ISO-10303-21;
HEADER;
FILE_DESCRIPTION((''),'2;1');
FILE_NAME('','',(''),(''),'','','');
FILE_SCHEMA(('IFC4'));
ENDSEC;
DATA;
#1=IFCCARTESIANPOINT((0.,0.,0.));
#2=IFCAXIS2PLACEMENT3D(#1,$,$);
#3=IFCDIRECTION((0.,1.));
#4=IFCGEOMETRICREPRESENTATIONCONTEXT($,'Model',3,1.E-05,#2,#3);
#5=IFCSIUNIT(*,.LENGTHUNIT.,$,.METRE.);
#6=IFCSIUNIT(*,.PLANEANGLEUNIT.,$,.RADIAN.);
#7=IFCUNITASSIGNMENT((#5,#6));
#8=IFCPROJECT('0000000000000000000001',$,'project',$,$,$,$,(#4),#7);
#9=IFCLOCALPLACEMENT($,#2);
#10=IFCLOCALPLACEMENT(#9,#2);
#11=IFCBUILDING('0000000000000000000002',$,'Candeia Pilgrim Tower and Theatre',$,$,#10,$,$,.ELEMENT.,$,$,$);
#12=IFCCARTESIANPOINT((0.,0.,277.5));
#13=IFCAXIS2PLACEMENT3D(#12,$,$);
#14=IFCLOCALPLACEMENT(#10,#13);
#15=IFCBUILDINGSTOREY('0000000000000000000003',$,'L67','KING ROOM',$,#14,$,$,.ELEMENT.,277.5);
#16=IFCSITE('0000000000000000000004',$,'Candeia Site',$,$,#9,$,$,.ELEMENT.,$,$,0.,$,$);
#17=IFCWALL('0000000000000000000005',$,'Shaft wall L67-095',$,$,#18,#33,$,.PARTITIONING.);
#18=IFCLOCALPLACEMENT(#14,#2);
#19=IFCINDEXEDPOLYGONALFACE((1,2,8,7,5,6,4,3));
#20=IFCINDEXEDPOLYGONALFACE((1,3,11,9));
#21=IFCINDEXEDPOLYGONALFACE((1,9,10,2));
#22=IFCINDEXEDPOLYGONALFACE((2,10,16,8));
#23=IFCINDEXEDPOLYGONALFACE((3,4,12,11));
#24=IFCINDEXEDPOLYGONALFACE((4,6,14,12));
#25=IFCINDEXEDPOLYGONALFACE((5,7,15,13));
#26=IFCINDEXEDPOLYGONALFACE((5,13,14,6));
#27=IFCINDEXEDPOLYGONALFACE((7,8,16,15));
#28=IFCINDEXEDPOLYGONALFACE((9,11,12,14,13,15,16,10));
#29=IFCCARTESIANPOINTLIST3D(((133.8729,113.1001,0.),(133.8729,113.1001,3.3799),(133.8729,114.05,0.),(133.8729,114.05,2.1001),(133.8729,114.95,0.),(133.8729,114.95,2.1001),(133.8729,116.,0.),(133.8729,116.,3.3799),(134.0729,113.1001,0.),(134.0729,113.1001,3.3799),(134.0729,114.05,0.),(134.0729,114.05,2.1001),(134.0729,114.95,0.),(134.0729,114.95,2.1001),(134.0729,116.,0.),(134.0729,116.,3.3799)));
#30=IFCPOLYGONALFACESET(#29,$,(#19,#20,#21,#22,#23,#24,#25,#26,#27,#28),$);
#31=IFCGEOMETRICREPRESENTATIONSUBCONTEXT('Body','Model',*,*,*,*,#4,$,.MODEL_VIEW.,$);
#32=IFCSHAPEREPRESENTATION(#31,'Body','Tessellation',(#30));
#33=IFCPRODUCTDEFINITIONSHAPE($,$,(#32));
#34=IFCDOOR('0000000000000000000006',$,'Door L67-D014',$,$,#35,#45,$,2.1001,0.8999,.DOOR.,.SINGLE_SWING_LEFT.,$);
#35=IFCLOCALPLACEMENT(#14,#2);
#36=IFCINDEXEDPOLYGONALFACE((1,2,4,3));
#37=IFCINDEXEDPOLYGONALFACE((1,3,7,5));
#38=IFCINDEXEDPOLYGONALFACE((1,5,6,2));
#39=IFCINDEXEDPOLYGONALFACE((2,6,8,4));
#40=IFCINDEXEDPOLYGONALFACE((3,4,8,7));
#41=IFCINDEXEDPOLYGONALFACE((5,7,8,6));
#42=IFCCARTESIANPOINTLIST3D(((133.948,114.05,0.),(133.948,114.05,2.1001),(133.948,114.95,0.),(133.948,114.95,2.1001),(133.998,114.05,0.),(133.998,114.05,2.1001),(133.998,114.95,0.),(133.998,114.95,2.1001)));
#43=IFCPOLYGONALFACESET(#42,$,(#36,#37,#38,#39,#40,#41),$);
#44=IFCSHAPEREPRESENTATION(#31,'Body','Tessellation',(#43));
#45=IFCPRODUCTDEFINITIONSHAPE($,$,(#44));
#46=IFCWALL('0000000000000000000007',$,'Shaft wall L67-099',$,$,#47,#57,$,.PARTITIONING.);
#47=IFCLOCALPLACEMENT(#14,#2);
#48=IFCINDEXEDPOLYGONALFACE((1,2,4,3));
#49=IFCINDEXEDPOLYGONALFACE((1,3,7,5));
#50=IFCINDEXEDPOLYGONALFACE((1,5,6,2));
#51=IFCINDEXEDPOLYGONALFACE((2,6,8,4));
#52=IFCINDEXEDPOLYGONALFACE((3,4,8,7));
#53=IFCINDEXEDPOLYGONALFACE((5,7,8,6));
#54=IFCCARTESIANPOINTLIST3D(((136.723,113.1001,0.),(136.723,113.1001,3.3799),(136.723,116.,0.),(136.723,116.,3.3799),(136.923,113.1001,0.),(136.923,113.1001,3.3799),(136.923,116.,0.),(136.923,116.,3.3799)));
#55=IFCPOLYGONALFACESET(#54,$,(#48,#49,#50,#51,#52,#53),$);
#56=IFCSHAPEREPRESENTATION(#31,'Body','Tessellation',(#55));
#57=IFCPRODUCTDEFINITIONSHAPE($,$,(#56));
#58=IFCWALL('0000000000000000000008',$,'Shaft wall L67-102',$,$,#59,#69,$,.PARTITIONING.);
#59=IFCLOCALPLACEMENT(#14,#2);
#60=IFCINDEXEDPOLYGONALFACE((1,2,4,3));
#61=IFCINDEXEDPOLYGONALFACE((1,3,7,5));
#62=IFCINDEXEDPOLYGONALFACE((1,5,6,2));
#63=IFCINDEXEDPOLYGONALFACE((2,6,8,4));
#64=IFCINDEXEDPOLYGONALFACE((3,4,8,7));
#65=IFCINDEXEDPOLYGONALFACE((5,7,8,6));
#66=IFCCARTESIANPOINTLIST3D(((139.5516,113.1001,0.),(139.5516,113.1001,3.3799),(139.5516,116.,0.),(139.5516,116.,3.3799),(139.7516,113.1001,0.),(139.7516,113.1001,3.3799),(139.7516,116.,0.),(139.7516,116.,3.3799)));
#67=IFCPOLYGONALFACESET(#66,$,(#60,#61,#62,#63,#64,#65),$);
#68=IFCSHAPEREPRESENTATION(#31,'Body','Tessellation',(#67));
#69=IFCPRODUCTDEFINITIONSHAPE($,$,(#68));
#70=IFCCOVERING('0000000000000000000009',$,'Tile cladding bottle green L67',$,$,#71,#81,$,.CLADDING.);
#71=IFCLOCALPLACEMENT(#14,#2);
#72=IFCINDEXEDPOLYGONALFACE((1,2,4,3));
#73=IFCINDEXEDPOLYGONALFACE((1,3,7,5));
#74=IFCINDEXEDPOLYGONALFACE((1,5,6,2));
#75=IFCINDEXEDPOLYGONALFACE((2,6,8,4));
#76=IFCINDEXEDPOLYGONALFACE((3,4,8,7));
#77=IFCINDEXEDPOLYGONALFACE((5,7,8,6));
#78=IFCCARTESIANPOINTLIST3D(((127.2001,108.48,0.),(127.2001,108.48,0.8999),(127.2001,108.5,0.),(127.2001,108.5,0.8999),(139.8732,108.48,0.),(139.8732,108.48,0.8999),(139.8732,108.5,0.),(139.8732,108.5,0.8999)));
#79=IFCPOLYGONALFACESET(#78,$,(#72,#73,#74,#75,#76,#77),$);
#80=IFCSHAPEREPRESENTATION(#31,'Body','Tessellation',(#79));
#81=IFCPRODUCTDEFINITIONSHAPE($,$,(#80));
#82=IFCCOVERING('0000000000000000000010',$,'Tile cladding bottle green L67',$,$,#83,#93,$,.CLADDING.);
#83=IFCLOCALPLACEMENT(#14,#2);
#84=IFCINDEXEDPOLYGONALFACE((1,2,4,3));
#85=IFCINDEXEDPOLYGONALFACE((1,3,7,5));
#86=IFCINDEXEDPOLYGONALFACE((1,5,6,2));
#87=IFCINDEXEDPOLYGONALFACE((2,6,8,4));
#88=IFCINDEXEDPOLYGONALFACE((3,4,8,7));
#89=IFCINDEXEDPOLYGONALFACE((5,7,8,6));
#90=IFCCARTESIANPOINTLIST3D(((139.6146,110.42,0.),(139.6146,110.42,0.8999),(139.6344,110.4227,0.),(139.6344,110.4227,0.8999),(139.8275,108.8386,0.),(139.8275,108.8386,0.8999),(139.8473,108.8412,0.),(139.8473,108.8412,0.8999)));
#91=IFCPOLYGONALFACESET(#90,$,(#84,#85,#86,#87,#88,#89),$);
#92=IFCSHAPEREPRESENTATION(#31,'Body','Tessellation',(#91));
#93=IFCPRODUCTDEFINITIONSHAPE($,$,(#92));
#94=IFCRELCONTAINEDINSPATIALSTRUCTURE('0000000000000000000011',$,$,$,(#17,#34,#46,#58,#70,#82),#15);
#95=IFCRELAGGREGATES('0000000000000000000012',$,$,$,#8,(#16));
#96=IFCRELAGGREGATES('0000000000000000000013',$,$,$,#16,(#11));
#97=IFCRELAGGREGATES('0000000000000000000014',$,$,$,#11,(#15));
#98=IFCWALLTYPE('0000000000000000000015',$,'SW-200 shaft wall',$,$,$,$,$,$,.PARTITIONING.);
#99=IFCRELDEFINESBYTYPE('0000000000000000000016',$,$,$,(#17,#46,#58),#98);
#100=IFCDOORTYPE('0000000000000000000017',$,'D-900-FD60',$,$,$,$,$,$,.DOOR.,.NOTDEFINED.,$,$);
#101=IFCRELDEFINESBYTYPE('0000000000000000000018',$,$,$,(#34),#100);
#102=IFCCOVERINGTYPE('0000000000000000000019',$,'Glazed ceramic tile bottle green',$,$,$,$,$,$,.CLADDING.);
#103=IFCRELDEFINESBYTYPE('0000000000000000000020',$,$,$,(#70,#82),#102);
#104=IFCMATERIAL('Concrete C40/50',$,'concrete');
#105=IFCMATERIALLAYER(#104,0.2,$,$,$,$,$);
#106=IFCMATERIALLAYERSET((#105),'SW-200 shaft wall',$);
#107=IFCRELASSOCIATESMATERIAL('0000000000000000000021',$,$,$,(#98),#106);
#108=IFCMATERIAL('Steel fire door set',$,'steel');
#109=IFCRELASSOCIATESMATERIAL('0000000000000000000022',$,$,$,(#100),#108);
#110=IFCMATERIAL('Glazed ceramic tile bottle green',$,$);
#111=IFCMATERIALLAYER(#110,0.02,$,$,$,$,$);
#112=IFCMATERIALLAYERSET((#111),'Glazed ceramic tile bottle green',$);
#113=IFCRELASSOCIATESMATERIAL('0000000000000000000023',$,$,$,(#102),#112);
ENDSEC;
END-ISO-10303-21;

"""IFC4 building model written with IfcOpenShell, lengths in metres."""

from ifc_helpers import new_model, si_unit, direction, frame, frame_2d, origin, origin_2d, place, context, subcontext, project, spatial, rectangle, extrude, material, layer, layer_set, type_object, element, fill, save


model = new_model("IFC4")

# Units and contexts
model_context = context("Model", 3, precision=1e-05, world=origin(), true_north=direction((0.0, 1.0)))
body_context = subcontext(model_context, "Body", "Model", "MODEL_VIEW")
ifc_project = project(units=[si_unit("LENGTHUNIT", "METRE"), si_unit("PLANEANGLEUNIT", "RADIAN")], contexts=[model_context])

# Site, building, storey
site_placement = place(None, origin())
site = spatial("IfcSite", under=ifc_project, at=site_placement, Name="Candeia Site", CompositionType="ELEMENT", RefElevation=0.0)
building_placement = place(site_placement, origin())
building = spatial("IfcBuilding", under=site, at=building_placement, Name="Candeia Pilgrim Tower and Theatre", CompositionType="ELEMENT")
storey_placement = place(building_placement, frame((0.0, 0.0, 277.5)))
storey = spatial("IfcBuildingStorey", under=building, at=storey_placement, Name="L67", Description="KING ROOM", CompositionType="ELEMENT", Elevation=277.5)

# Shared definitions
ifc_material_1 = material(Name="Concrete C40/50", Category="concrete")

# Shared definitions
ifc_material_2 = material(Name="Steel fire door set", Category="steel")

# Wall, opening, door
ifc_layer_1 = layer(ifc_material_1, 0.2)
ifc_layer_set_1 = layer_set([ifc_layer_1], Name="SW-200 shaft wall")
wall_type_1 = type_object("IfcWallType", Name="SW-200 shaft wall", PredefinedType="PARTITIONING", material=ifc_layer_set_1)
door_type_1 = type_object("IfcDoorType", Name="D-900-FD60", OperationType="NOTDEFINED", PredefinedType="DOOR", material=ifc_material_2)
wall_1_placement = place(storey_placement, frame((133.9729, 113.1001, 0.0), z_axis=(0.0, 0.0, 1.0), x_axis=(0.0, 1.0, 0.0)))
wall_1 = element("IfcWall", 1, at=wall_1_placement, inside=storey, type_object=wall_type_1, Name="Shaft wall L67-095", PredefinedType="PARTITIONING", context=body_context, shape_type="SweptSolid", body=[
    extrude(rectangle(XDim=2.8999, YDim=0.2, at=frame_2d((1.45, 0.0))), origin(), (0.0, 0.0, 1.0), 3.3799),
])
opening_1_placement = place(wall_1_placement, frame((0.95, 0.0, 0.0)))
opening_1 = element("IfcOpeningElement", 2, at=opening_1_placement, cuts=wall_1, PredefinedType="OPENING", context=body_context, shape_type="SweptSolid", body=[
    extrude(rectangle(XDim=0.8999, YDim=2.1001, at=frame_2d((0.45, 1.05))), frame((0.0, 0.1099, 0.0), z_axis=(0.0, -1.0, 0.0), x_axis=(1.0, 0.0, 0.0)), (0.0, 0.0, 1.0), 0.22),
])
door_1_placement = place(opening_1_placement, origin())
door_1 = element("IfcDoor", 3, at=door_1_placement, inside=storey, type_object=door_type_1, Name="Door L67-D014", OperationType="SINGLE_SWING_LEFT", OverallHeight=2.1001, OverallWidth=0.8999, PredefinedType="DOOR", context=body_context, shape_type="SweptSolid", body=[
    extrude(rectangle(XDim=0.8999, YDim=2.1001, at=frame_2d((0.45, 1.05))), frame((0.0, 0.0249, 0.0), z_axis=(0.0, -1.0, 0.0), x_axis=(1.0, 0.0, 0.0)), (0.0, 0.0, 1.0), 0.05),
])
fill(opening_1, door_1)

# Walls
for number, where, z_axis, x_axis, name in (
    (4, (136.823, 113.1001, 0.0), (0.0, 0.0, 1.0), (0.0, 1.0, 0.0), "Shaft wall L67-099"),
    (5, (139.6516, 113.1001, 0.0), (0.0, 0.0, 1.0), (0.0, 1.0, 0.0), "Shaft wall L67-102"),
):
    element("IfcWall", number, at=place(storey_placement, frame(where, z_axis=z_axis, x_axis=x_axis)), inside=storey, type_object=wall_type_1, Name=name, PredefinedType="PARTITIONING", context=body_context, shape_type="SweptSolid", body=[
        extrude(rectangle(XDim=2.8999, YDim=0.2, at=frame_2d((1.45, 0.0))), origin(), (0.0, 0.0, 1.0), 3.3799),
    ])

# Coverings
ifc_material_3 = material(Name="Glazed ceramic tile bottle green")
ifc_layer_2 = layer(ifc_material_3, 0.02)
ifc_layer_set_2 = layer_set([ifc_layer_2], Name="Glazed ceramic tile bottle green")
covering_type = type_object("IfcCoveringType", Name="Glazed ceramic tile bottle green", PredefinedType="CLADDING", material=ifc_layer_set_2)
covering_1_placement = place(storey_placement, frame((133.5366, 108.49, 0.0), z_axis=(0.0, 0.0, 1.0), x_axis=(1.0, 0.0, 0.0)))
element("IfcCovering", 6, at=covering_1_placement, inside=storey, type_object=covering_type, Name="Tile cladding bottle green L67", PredefinedType="CLADDING", context=body_context, shape_type="SweptSolid", body=[
    extrude(rectangle(XDim=12.6731, YDim=0.02, at=origin_2d()), origin(), (0.0, 0.0, 1.0), 0.8999),
])
covering_2_placement = place(storey_placement, frame((139.731, 109.6306, 0.0), z_axis=(0.0, 0.0, 1.0), x_axis=(-0.133412, 0.991061, 0.0)))
element("IfcCovering", 7, at=covering_2_placement, inside=storey, type_object=covering_type, Name="Tile cladding bottle green L67", PredefinedType="CLADDING", context=body_context, shape_type="SweptSolid", body=[
    extrude(rectangle(XDim=1.5957, YDim=0.02, at=origin_2d()), origin(), (0.0, 0.0, 1.0), 0.8999),
])

save(model, "model.ifc")
